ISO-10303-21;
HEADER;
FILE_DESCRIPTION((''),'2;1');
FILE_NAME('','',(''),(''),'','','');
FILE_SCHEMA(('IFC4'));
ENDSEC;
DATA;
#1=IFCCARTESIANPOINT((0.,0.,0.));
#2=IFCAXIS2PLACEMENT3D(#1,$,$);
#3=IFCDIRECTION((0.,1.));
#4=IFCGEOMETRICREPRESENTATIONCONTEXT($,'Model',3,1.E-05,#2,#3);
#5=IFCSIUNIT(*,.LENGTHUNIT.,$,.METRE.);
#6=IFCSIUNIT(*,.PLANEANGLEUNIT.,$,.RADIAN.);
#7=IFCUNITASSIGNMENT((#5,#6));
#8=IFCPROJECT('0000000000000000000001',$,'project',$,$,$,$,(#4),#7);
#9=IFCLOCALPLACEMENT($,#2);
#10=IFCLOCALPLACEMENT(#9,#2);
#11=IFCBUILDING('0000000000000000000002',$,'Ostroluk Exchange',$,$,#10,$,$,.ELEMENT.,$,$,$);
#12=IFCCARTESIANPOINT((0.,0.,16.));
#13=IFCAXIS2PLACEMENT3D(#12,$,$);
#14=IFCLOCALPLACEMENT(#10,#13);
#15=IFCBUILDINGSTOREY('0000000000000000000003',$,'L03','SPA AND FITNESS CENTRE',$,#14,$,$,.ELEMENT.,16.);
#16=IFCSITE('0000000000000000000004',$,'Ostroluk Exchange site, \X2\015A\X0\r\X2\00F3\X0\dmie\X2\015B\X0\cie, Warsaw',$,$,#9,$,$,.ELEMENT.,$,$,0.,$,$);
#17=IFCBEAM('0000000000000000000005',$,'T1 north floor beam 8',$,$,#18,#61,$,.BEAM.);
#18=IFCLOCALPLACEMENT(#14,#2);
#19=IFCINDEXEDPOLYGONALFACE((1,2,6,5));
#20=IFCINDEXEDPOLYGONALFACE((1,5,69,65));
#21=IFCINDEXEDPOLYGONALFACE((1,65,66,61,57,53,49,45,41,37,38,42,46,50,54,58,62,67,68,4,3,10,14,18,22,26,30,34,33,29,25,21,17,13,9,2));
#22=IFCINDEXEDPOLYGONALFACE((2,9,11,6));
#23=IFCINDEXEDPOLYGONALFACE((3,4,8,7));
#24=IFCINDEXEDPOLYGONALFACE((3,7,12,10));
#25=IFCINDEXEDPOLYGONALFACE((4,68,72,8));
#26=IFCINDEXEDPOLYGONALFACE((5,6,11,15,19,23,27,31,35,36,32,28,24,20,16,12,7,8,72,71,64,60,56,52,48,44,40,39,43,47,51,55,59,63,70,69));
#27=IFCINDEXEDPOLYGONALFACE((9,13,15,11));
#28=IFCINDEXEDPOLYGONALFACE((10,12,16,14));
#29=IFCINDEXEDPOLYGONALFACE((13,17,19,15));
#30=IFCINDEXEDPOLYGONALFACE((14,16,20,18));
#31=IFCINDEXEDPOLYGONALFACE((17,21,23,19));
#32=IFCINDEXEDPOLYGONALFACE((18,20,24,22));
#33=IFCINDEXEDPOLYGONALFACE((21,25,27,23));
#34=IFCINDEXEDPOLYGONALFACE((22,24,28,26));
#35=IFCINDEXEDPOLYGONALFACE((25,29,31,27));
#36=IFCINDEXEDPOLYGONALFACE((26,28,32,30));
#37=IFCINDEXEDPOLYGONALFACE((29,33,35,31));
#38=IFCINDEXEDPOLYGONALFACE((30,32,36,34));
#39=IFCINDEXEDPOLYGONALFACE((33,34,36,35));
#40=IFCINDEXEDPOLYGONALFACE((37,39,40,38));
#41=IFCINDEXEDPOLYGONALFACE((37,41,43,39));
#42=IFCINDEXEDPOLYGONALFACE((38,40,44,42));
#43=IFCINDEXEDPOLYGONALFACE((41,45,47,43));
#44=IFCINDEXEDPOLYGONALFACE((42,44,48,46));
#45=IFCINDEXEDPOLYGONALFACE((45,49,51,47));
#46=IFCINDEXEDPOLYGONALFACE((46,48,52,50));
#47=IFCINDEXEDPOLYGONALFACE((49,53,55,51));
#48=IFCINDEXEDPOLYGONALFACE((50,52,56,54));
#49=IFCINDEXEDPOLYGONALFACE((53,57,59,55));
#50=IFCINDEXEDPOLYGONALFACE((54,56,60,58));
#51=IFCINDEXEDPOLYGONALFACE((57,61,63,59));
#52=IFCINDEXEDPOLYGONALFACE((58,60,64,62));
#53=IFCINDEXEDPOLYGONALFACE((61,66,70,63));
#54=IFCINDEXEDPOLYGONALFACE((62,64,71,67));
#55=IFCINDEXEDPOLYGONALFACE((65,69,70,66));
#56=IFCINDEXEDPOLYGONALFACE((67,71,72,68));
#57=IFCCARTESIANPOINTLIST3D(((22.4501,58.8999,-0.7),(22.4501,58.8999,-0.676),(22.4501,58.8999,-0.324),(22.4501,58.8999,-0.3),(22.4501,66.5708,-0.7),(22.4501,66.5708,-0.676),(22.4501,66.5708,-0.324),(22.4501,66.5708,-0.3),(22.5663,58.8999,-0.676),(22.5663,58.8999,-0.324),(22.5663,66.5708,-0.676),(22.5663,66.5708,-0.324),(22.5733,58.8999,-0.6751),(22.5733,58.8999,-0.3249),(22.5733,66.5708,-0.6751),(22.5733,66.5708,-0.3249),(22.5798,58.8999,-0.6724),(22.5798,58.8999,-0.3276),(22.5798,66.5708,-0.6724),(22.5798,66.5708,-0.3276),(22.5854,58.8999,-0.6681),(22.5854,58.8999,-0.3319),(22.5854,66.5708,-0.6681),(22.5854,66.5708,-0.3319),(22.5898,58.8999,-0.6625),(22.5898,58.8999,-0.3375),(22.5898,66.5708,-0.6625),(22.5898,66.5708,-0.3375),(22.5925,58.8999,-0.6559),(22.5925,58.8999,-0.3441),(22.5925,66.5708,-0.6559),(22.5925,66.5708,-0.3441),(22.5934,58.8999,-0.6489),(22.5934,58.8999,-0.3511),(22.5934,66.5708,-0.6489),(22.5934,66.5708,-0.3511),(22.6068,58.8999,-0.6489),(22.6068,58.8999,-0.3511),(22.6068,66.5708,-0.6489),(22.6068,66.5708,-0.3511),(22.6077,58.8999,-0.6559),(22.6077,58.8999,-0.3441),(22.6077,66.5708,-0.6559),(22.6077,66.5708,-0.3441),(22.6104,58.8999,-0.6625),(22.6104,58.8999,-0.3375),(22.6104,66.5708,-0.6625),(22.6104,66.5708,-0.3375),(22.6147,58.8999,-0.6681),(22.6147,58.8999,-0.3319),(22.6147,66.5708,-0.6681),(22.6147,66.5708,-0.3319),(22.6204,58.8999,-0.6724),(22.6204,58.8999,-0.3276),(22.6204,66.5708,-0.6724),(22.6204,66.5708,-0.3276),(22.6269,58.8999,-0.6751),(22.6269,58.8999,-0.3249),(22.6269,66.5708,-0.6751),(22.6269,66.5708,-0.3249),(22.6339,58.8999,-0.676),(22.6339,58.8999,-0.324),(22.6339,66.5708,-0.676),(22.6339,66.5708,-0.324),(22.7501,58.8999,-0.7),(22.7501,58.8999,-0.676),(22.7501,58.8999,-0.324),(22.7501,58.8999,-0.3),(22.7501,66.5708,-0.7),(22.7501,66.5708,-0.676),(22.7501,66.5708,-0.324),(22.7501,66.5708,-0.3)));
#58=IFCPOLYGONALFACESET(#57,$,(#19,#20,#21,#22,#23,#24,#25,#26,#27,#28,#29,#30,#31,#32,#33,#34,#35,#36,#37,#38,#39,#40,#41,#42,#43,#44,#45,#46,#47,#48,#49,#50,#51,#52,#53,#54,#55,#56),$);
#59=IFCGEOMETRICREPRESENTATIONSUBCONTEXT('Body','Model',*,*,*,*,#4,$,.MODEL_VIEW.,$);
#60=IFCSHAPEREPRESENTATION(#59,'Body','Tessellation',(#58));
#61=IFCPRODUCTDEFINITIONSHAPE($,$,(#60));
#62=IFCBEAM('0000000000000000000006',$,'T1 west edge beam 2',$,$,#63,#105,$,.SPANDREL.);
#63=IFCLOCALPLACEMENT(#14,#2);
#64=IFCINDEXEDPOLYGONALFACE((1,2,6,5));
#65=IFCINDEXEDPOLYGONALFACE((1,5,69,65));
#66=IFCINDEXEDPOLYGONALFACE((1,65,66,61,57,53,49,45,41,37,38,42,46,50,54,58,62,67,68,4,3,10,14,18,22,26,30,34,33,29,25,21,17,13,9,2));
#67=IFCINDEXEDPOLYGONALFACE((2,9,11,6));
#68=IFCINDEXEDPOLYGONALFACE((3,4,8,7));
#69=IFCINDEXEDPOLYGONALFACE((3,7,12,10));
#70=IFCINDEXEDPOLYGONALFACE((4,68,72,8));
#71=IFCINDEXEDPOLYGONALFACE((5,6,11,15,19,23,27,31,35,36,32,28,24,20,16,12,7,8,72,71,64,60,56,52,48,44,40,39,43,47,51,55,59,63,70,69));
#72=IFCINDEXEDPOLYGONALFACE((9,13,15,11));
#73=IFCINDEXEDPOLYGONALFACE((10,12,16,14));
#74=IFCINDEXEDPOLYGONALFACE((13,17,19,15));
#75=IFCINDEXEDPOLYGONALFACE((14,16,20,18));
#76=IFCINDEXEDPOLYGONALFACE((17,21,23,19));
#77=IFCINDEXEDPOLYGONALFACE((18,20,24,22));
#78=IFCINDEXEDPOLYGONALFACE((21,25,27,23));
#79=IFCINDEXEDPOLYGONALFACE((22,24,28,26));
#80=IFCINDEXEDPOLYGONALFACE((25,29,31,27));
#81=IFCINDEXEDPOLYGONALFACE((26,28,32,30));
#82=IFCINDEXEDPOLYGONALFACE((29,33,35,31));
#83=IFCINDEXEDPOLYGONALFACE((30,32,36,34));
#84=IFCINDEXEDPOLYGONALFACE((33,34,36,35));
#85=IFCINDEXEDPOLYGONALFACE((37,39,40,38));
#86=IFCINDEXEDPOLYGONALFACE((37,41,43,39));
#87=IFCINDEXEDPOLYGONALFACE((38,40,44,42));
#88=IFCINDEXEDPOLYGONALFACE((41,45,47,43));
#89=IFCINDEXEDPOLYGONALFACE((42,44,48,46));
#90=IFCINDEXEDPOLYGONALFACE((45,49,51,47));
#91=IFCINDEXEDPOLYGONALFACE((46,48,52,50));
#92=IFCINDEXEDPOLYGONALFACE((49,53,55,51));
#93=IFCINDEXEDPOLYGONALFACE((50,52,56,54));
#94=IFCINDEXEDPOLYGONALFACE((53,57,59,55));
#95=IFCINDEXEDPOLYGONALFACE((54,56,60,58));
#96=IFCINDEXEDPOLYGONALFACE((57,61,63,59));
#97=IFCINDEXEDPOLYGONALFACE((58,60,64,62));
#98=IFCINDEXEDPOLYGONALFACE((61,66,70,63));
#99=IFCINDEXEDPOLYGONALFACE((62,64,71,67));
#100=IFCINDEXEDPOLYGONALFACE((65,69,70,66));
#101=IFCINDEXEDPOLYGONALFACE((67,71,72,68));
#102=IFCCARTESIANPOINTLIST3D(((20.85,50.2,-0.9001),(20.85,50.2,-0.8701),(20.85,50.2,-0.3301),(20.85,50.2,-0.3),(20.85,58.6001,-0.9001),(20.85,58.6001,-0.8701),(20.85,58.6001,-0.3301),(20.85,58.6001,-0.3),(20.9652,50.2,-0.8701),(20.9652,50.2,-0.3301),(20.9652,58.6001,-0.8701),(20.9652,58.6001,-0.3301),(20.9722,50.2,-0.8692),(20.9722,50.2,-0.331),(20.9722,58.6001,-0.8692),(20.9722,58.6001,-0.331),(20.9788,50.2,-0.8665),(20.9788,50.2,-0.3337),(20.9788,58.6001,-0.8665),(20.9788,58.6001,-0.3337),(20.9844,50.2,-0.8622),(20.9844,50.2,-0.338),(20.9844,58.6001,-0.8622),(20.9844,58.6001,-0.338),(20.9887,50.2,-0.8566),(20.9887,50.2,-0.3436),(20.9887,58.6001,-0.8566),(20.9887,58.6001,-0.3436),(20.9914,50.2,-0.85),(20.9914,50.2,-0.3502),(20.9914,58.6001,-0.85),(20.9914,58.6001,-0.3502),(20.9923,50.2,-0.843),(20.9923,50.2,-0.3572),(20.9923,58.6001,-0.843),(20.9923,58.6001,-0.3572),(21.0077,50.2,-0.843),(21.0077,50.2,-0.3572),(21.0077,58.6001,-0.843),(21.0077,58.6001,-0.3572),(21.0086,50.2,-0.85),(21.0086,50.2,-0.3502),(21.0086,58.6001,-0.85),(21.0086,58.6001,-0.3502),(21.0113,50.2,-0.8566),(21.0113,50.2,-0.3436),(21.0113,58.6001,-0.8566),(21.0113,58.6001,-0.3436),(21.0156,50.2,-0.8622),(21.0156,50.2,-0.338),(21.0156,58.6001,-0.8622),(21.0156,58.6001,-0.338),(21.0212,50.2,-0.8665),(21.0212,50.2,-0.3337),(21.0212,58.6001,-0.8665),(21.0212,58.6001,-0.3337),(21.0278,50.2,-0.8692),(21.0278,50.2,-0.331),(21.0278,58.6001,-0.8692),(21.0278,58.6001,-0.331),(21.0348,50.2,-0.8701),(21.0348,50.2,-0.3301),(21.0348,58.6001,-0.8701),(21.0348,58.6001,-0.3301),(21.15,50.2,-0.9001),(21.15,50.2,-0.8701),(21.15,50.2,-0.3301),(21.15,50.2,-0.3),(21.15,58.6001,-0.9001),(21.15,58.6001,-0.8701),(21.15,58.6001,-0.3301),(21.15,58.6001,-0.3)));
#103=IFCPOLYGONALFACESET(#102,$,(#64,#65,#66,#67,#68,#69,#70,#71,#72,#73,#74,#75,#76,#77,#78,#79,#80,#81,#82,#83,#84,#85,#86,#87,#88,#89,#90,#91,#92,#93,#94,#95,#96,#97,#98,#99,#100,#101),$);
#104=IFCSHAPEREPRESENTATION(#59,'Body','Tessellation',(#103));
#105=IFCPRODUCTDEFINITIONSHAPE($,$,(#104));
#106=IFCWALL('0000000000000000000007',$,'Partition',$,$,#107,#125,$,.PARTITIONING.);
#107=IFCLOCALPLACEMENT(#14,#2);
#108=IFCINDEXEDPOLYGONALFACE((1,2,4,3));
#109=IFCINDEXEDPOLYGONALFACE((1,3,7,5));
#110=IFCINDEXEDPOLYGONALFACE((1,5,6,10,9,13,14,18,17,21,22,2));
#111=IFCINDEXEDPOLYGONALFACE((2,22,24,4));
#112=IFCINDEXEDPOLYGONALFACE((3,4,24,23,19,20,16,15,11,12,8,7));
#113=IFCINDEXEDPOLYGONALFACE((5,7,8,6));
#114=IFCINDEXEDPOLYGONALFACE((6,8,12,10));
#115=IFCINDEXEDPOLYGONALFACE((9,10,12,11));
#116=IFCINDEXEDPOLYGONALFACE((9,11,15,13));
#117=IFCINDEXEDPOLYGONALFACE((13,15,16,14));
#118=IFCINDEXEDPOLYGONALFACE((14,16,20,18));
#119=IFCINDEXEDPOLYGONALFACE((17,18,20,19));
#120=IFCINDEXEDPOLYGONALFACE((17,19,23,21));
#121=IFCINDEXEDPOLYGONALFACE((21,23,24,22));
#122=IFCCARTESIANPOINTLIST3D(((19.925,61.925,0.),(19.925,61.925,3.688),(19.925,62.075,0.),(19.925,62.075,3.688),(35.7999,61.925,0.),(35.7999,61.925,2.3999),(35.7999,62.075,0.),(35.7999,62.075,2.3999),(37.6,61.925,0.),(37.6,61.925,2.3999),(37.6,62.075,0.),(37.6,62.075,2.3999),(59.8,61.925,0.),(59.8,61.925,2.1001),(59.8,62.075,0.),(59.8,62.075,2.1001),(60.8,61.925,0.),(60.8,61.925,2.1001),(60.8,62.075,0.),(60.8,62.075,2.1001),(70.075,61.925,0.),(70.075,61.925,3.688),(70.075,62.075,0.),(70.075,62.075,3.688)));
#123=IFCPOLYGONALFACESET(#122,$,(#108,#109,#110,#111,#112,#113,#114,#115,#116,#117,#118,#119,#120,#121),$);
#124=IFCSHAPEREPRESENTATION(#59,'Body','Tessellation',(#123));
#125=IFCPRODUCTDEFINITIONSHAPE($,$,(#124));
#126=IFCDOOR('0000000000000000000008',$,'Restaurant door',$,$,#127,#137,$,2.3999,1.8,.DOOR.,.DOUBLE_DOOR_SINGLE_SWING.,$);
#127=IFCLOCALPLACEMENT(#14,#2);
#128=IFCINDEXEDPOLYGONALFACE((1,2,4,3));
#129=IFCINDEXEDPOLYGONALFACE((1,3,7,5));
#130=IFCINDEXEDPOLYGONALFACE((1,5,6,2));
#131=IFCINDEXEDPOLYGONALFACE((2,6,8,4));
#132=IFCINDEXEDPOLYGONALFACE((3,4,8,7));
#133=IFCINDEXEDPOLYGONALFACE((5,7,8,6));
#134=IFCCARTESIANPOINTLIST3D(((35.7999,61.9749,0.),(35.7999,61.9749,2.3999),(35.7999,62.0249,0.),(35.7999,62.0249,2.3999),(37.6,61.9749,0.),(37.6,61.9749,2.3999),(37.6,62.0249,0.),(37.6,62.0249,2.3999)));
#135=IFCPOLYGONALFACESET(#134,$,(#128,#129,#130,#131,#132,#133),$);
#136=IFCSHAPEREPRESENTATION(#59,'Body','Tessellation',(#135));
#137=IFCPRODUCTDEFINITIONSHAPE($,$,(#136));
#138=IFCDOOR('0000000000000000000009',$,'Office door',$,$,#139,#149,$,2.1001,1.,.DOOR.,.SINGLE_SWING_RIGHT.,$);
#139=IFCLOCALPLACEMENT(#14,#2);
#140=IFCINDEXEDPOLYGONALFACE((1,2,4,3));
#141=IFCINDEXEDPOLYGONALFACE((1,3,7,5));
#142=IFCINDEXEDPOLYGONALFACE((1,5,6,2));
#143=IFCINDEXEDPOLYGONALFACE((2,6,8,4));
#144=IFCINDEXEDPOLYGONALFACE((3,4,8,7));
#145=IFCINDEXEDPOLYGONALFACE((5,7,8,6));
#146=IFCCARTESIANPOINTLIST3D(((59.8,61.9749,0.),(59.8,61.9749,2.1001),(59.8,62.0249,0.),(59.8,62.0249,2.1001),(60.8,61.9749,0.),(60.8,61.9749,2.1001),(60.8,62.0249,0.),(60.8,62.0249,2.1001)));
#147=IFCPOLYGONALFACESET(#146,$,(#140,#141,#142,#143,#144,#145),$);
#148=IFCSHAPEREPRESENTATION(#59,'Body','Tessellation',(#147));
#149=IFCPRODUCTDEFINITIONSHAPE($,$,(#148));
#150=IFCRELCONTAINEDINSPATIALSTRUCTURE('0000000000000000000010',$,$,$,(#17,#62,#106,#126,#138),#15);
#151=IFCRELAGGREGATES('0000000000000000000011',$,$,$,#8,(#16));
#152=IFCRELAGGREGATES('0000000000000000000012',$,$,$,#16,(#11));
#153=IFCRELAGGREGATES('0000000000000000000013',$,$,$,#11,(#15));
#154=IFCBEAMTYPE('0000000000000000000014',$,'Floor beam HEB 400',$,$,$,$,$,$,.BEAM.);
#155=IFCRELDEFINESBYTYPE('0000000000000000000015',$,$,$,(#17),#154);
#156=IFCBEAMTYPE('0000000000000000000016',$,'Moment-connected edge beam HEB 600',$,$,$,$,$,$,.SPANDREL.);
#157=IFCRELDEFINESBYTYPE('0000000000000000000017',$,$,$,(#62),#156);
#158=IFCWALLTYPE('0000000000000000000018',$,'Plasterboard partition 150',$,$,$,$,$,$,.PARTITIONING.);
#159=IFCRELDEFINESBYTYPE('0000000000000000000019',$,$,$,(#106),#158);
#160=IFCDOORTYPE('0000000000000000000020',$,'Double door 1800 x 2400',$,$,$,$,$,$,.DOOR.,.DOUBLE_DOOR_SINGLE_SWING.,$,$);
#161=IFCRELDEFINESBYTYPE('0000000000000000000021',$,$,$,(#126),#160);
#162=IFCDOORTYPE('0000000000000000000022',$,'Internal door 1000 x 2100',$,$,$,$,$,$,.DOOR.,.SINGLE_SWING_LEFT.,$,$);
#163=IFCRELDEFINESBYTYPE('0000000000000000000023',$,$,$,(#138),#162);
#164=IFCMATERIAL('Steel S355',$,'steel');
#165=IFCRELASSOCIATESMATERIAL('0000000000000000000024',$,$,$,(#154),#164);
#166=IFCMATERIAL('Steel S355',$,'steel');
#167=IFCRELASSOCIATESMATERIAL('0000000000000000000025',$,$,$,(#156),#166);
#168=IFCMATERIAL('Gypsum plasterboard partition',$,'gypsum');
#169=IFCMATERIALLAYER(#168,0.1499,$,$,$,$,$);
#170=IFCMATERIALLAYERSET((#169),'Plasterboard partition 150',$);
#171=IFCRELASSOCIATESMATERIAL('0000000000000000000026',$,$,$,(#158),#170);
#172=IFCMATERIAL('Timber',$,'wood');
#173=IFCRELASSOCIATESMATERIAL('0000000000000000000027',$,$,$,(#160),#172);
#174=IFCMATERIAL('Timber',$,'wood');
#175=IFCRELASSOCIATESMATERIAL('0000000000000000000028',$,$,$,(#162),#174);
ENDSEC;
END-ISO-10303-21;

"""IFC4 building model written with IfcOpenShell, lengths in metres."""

from ifc_helpers import new_model, si_unit, direction, frame, frame_2d, origin, origin_2d, place, context, subcontext, project, spatial, rectangle, i_section, extrude, material, layer, layer_set, material_profile, profile_set, type_object, element, fill, save


model = new_model("IFC4")

# Units and contexts
model_context = context("Model", 3, precision=1e-05, world=origin(), true_north=direction((0.0, 1.0)))
body_context = subcontext(model_context, "Body", "Model", "MODEL_VIEW")
ifc_project = project(units=[si_unit("LENGTHUNIT", "METRE"), si_unit("PLANEANGLEUNIT", "RADIAN")], contexts=[model_context])

# Site, building, storey
site_placement = place(None, origin())
site = spatial("IfcSite", under=ifc_project, at=site_placement, Name="Ostroluk Exchange site, Śródmieście, Warsaw", CompositionType="ELEMENT", RefElevation=0.0)
building_placement = place(site_placement, origin())
building = spatial("IfcBuilding", under=site, at=building_placement, Name="Ostroluk Exchange", CompositionType="ELEMENT")
storey_placement = place(building_placement, frame((0.0, 0.0, 16.0)))
storey = spatial("IfcBuildingStorey", under=building, at=storey_placement, Name="L03", Description="SPA AND FITNESS CENTRE", CompositionType="ELEMENT", Elevation=16.0)

# Beams
ifc_material_1 = material(Name="Steel S355", Category="steel")
ifc_material_profile_1 = material_profile(ifc_material_1, i_section(OverallWidth=0.3, OverallDepth=0.3999, WebThickness=0.0134, FlangeThickness=0.0239, FilletRadius=0.0271, at=origin_2d()), Name="HEB 400")
ifc_profile_set_1 = profile_set([ifc_material_profile_1], Name="Steel S355")
beam_type_1 = type_object("IfcBeamType", Name="Floor beam HEB 400", PredefinedType="BEAM", material=ifc_profile_set_1)
beam_1_placement = place(storey_placement, frame((22.6001, 58.8999, -0.5), z_axis=(0.0, 1.0, 0.0), x_axis=(-1.0, 0.0, 0.0)))
element("IfcBeam", 1, at=beam_1_placement, inside=storey, type_object=beam_type_1, Name="T1 north floor beam 8", PredefinedType="BEAM", context=body_context, shape_type="SweptSolid", body=[
    extrude(i_section(OverallWidth=0.3, OverallDepth=0.3999, WebThickness=0.0134, FlangeThickness=0.0239, FilletRadius=0.0271, at=origin_2d()), origin(), (0.0, 0.0, 1.0), 7.6709),
])
ifc_material_2 = material(Name="Steel S355", Category="steel")
ifc_material_profile_2 = material_profile(ifc_material_2, i_section(OverallWidth=0.3, OverallDepth=0.6001, WebThickness=0.0154, FlangeThickness=0.03, FilletRadius=0.0271, at=origin_2d()), Name="HEB 600")
ifc_profile_set_2 = profile_set([ifc_material_profile_2], Name="Steel S355")
beam_type_2 = type_object("IfcBeamType", Name="Moment-connected edge beam HEB 600", PredefinedType="SPANDREL", material=ifc_profile_set_2)
beam_2_placement = place(storey_placement, frame((21.0, 58.6001, -0.6001), z_axis=(0.0, -1.0, 0.0), x_axis=(1.0, 0.0, 0.0)))
element("IfcBeam", 2, at=beam_2_placement, inside=storey, type_object=beam_type_2, Name="T1 west edge beam 2", PredefinedType="SPANDREL", context=body_context, shape_type="SweptSolid", body=[
    extrude(i_section(OverallWidth=0.3, OverallDepth=0.6001, WebThickness=0.0154, FlangeThickness=0.03, FilletRadius=0.0271, at=origin_2d()), origin(), (0.0, 0.0, 1.0), 8.4001),
])

# Wall, openings, doors
ifc_material_3 = material(Name="Gypsum plasterboard partition", Category="gypsum")
ifc_layer = layer(ifc_material_3, 0.1499)
ifc_layer_set = layer_set([ifc_layer], Name="Plasterboard partition 150")
wall_type = type_object("IfcWallType", Name="Plasterboard partition 150", PredefinedType="PARTITIONING", material=ifc_layer_set)
wall_placement = place(storey_placement, frame((19.925, 62.0, 0.0), z_axis=(0.0, 0.0, 1.0), x_axis=(1.0, 0.0, 0.0)))
wall = element("IfcWall", 3, at=wall_placement, inside=storey, type_object=wall_type, Name="Partition", PredefinedType="PARTITIONING", context=body_context, shape_type="SweptSolid", body=[
    extrude(rectangle(XDim=50.1499, YDim=0.1499, at=frame_2d((25.075, 0.0))), origin(), (0.0, 0.0, 1.0), 3.688),
])
opening_1_placement = place(wall_placement, frame((15.875, 0.0, 0.0)))
opening_1 = element("IfcOpeningElement", 4, at=opening_1_placement, cuts=wall, PredefinedType="OPENING", context=body_context, shape_type="SweptSolid", body=[
    extrude(rectangle(XDim=1.8, YDim=2.3999, at=frame_2d((0.8999, 1.2))), frame((0.0, 0.085, 0.0), z_axis=(0.0, -1.0, 0.0), x_axis=(1.0, 0.0, 0.0)), (0.0, 0.0, 1.0), 0.1699),
])
opening_2_placement = place(wall_placement, frame((39.875, 0.0, 0.0)))
opening_2 = element("IfcOpeningElement", 5, at=opening_2_placement, cuts=wall, PredefinedType="OPENING", context=body_context, shape_type="SweptSolid", body=[
    extrude(rectangle(XDim=1.0, YDim=2.1001, at=frame_2d((0.5, 1.05))), frame((0.0, 0.085, 0.0), z_axis=(0.0, -1.0, 0.0), x_axis=(1.0, 0.0, 0.0)), (0.0, 0.0, 1.0), 0.1699),
])
ifc_material_4 = material(Name="Timber", Category="wood")
door_type_1 = type_object("IfcDoorType", Name="Double door 1800 x 2400", OperationType="DOUBLE_DOOR_SINGLE_SWING", PredefinedType="DOOR", material=ifc_material_4)
door_1_placement = place(opening_1_placement, origin())
door_1 = element("IfcDoor", 6, at=door_1_placement, inside=storey, type_object=door_type_1, Name="Restaurant door", OperationType="DOUBLE_DOOR_SINGLE_SWING", OverallHeight=2.3999, OverallWidth=1.8, PredefinedType="DOOR", context=body_context, shape_type="SweptSolid", body=[
    extrude(rectangle(XDim=1.8, YDim=2.3999, at=frame_2d((0.8999, 1.2))), frame((0.0, 0.0249, 0.0), z_axis=(0.0, -1.0, 0.0), x_axis=(1.0, 0.0, 0.0)), (0.0, 0.0, 1.0), 0.05),
])
fill(opening_1, door_1)
ifc_material_5 = material(Name="Timber", Category="wood")
door_type_2 = type_object("IfcDoorType", Name="Internal door 1000 x 2100", OperationType="SINGLE_SWING_LEFT", PredefinedType="DOOR", material=ifc_material_5)
door_2_placement = place(opening_2_placement, origin())
door_2 = element("IfcDoor", 7, at=door_2_placement, inside=storey, type_object=door_type_2, Name="Office door", OperationType="SINGLE_SWING_RIGHT", OverallHeight=2.1001, OverallWidth=1.0, PredefinedType="DOOR", context=body_context, shape_type="SweptSolid", body=[
    extrude(rectangle(XDim=1.0, YDim=2.1001, at=frame_2d((0.5, 1.05))), frame((0.0, 0.0249, 0.0), z_axis=(0.0, -1.0, 0.0), x_axis=(1.0, 0.0, 0.0)), (0.0, 0.0, 1.0), 0.05),
])
fill(opening_2, door_2)

save(model, "model.ifc")
